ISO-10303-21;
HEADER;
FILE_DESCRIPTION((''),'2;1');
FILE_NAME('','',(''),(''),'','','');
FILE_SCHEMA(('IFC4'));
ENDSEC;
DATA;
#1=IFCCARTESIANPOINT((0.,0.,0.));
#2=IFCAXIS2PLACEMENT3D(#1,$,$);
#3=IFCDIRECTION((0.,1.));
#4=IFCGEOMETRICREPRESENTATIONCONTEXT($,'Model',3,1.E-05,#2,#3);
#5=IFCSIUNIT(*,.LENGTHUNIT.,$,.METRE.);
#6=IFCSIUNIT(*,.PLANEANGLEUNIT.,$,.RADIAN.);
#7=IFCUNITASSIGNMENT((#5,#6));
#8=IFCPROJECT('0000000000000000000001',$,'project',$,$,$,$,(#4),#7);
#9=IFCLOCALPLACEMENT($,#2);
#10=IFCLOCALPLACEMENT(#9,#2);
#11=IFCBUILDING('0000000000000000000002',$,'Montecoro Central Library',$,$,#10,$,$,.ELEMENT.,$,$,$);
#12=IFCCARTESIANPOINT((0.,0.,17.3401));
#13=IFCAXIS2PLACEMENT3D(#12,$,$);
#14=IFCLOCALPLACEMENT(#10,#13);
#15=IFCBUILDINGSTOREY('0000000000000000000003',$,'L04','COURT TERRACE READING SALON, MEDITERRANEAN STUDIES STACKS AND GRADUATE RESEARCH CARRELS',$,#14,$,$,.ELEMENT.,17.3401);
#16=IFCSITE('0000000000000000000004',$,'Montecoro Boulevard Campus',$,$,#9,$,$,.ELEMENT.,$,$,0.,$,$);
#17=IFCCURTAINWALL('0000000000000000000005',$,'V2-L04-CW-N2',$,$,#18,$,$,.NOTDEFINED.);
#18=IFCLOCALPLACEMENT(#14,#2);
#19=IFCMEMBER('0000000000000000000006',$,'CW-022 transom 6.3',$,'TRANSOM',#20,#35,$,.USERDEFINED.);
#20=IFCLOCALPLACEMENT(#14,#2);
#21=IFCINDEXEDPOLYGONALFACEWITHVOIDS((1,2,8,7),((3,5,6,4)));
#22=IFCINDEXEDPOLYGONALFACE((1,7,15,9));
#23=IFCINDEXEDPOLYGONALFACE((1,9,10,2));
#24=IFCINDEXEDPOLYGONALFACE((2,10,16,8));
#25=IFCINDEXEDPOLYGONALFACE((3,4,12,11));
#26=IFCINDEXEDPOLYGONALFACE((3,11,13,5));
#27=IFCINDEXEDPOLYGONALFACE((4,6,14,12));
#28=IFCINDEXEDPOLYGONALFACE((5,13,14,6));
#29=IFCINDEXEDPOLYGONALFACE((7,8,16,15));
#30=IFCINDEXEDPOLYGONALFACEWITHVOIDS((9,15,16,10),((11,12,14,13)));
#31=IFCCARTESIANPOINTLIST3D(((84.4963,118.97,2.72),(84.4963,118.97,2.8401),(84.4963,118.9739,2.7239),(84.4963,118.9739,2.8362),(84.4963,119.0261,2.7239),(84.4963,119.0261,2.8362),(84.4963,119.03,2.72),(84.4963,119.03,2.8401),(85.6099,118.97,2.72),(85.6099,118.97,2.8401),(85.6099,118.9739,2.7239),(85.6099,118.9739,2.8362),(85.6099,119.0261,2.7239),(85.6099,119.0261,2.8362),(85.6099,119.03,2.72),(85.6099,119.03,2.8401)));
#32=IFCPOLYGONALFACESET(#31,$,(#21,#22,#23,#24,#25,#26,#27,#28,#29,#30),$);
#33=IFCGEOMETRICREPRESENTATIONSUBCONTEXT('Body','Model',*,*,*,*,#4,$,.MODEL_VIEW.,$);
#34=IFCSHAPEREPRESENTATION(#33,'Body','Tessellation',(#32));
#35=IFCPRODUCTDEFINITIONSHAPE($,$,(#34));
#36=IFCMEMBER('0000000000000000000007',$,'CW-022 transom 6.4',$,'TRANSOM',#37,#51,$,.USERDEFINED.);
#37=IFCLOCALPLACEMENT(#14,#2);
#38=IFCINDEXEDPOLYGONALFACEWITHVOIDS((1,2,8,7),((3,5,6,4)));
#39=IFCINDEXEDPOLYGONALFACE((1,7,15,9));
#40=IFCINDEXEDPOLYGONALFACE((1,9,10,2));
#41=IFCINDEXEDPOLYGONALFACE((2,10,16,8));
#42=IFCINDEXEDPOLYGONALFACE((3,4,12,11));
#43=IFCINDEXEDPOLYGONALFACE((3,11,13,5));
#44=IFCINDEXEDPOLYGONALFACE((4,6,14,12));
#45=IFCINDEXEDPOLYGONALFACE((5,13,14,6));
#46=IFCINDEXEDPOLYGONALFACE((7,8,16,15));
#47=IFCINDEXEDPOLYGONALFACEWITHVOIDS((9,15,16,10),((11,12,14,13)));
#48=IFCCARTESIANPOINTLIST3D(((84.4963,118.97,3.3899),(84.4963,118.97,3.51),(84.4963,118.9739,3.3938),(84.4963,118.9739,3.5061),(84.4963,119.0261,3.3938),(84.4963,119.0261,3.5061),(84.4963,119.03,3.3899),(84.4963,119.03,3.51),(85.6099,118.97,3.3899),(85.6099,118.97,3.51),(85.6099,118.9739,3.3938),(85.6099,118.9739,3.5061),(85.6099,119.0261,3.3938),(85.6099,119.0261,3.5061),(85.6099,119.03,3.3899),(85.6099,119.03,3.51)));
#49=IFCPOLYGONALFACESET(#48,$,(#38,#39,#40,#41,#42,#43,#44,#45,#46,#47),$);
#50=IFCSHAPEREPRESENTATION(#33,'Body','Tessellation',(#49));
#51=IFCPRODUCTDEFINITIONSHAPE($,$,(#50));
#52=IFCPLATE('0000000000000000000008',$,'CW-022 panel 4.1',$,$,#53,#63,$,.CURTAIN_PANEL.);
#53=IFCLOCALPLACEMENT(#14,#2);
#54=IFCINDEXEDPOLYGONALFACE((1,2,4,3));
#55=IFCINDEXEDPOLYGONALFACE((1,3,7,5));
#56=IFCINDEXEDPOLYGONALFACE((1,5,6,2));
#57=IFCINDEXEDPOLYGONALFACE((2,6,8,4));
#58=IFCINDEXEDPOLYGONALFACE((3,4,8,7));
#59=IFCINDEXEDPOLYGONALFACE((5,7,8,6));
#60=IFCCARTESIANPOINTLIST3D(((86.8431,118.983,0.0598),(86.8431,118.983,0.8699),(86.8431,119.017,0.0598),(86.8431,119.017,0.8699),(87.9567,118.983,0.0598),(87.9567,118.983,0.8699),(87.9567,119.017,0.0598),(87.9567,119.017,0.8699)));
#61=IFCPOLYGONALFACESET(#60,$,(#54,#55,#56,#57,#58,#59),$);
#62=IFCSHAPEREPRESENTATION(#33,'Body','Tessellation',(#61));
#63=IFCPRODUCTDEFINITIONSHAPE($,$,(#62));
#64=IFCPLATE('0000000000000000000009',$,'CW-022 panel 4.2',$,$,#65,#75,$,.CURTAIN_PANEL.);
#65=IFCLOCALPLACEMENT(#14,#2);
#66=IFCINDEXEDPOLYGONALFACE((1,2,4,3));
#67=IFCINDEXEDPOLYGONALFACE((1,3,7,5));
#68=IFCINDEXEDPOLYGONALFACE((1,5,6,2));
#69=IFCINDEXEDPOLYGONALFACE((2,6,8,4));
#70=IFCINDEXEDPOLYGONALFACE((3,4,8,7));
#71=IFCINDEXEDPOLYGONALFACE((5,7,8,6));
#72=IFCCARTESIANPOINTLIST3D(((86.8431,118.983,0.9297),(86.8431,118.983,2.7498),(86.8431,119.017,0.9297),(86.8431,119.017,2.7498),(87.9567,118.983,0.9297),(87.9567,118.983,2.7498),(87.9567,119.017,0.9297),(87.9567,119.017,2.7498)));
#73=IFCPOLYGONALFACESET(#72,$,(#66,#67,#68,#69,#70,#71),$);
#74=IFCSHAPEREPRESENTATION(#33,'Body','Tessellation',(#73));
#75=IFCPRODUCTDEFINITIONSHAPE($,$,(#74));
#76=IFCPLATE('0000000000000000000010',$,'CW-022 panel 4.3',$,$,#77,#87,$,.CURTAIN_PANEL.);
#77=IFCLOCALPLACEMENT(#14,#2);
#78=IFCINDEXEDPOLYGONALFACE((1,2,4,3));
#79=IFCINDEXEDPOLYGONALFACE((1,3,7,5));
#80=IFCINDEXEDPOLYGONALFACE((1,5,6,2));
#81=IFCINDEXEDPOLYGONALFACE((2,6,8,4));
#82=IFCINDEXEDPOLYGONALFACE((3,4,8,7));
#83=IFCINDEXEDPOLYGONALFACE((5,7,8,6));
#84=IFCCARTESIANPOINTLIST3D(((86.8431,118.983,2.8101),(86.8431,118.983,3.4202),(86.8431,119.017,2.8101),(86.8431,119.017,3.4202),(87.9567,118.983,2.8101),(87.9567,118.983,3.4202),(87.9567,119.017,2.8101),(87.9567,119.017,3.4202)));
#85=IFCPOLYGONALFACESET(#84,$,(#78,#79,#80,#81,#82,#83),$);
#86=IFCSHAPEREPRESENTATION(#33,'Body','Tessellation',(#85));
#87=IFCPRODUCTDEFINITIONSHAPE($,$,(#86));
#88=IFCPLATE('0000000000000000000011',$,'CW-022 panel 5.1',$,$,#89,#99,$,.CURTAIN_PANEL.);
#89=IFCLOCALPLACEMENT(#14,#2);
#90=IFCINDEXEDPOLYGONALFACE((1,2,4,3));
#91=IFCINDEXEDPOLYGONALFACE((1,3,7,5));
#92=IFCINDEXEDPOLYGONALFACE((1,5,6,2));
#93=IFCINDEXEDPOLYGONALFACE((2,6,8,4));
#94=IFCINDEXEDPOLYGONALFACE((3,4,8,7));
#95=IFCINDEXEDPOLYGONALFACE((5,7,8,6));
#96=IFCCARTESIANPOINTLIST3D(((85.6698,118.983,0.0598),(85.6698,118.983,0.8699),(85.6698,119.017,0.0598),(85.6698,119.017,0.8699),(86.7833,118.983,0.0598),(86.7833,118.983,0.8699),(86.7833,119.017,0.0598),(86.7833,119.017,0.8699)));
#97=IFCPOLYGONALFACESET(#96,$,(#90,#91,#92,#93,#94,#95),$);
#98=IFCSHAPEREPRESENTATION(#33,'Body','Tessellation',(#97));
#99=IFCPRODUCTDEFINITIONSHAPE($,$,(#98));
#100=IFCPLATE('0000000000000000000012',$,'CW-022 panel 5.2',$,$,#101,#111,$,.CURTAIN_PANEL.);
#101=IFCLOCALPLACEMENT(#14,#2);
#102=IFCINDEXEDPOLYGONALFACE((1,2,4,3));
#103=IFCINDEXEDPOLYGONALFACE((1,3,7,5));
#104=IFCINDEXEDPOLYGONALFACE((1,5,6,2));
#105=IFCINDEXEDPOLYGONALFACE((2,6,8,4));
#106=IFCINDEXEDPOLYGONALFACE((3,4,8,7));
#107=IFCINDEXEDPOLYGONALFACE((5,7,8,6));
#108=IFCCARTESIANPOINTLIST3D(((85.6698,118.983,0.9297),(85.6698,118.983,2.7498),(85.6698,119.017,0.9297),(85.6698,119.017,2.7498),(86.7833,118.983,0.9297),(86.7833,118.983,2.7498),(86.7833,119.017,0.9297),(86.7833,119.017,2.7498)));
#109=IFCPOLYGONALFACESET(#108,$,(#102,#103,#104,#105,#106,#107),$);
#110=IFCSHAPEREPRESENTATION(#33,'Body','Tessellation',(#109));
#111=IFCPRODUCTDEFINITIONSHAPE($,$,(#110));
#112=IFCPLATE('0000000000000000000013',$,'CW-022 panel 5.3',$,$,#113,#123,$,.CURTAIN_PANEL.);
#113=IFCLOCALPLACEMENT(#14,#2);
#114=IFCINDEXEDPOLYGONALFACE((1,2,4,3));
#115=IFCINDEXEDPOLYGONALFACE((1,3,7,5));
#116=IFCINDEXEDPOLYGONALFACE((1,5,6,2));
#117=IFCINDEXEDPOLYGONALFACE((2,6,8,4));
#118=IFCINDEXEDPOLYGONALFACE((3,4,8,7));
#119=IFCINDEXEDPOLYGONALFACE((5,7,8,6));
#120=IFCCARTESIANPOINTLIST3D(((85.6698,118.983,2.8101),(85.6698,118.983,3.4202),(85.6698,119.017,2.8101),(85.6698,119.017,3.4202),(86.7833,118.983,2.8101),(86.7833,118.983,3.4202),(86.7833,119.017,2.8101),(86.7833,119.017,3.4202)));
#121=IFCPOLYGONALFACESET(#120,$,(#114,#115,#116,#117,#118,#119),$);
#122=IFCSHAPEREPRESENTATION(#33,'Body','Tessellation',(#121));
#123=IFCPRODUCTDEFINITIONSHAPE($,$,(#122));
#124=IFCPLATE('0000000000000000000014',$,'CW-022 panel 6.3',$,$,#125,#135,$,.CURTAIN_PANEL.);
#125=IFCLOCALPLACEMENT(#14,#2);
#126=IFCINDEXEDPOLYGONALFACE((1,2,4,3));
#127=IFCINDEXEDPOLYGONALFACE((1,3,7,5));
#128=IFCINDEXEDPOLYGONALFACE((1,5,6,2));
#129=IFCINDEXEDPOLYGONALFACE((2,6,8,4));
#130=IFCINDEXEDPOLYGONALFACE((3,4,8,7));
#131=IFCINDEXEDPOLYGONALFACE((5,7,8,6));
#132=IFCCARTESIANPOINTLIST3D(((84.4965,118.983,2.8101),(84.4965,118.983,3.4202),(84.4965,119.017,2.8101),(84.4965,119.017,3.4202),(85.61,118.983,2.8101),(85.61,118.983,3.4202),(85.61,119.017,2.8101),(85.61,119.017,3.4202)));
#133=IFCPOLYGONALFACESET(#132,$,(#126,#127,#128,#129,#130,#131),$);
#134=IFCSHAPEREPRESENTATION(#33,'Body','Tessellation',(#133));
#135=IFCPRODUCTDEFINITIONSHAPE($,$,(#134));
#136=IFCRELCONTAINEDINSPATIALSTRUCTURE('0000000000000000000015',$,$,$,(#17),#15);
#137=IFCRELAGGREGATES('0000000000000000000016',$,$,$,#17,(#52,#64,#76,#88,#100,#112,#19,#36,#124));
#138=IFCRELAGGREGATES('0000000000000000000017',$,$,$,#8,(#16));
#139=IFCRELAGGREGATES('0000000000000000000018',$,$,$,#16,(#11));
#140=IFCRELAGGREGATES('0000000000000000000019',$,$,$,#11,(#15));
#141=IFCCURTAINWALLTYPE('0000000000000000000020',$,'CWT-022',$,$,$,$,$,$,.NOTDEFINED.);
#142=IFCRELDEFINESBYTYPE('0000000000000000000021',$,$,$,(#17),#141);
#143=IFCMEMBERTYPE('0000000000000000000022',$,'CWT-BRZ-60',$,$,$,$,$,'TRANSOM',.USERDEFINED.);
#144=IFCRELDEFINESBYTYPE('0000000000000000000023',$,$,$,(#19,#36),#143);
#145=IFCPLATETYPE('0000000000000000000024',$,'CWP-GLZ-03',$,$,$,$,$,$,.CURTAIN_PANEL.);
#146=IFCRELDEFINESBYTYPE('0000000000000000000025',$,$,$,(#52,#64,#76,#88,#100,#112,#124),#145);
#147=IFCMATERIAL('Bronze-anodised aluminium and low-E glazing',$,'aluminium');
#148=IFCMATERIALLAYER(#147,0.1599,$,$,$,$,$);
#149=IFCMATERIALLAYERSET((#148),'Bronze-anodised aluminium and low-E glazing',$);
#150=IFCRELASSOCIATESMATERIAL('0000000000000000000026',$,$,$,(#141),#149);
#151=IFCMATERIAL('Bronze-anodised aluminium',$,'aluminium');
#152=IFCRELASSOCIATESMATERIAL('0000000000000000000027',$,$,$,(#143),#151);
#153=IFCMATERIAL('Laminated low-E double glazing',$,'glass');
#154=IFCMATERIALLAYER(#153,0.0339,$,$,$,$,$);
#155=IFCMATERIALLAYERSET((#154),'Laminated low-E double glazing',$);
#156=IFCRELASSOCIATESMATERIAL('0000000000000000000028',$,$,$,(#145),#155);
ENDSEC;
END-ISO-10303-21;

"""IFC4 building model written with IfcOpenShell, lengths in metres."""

from ifc_helpers import new_model, si_unit, direction, frame, origin, origin_2d, place, context, subcontext, project, spatial, rectangle, hollow_rectangle, extrude, material, layer, layer_set, material_profile, profile_set, type_object, element, aggregate, save


model = new_model("IFC4")

# Units and contexts
model_context = context("Model", 3, precision=1e-05, world=origin(), true_north=direction((0.0, 1.0)))
body_context = subcontext(model_context, "Body", "Model", "MODEL_VIEW")
ifc_project = project(units=[si_unit("LENGTHUNIT", "METRE"), si_unit("PLANEANGLEUNIT", "RADIAN")], contexts=[model_context])

# Site, building, storey
site_placement = place(None, origin())
site = spatial("IfcSite", under=ifc_project, at=site_placement, Name="Montecoro Boulevard Campus", CompositionType="ELEMENT", RefElevation=0.0)
building_placement = place(site_placement, origin())
building = spatial("IfcBuilding", under=site, at=building_placement, Name="Montecoro Central Library", CompositionType="ELEMENT")
storey_placement = place(building_placement, frame((0.0, 0.0, 17.3401)))
storey = spatial("IfcBuildingStorey", under=building, at=storey_placement, Name="L04", Description="COURT TERRACE READING SALON, MEDITERRANEAN STUDIES STACKS AND GRADUATE RESEARCH CARRELS", CompositionType="ELEMENT", Elevation=17.3401)

# Curtain wall, members, plates
ifc_material_1 = material(Name="Bronze-anodised aluminium and low-E glazing", Category="aluminium")
ifc_layer_1 = layer(ifc_material_1, 0.1599)
ifc_layer_set_1 = layer_set([ifc_layer_1], Name="Bronze-anodised aluminium and low-E glazing")
curtain_wall_type = type_object("IfcCurtainWallType", Name="CWT-022", PredefinedType="NOTDEFINED", material=ifc_layer_set_1)
curtain_wall_placement = place(storey_placement, origin())
curtain_wall = element("IfcCurtainWall", 1, at=curtain_wall_placement, inside=storey, type_object=curtain_wall_type, Name="V2-L04-CW-N2", PredefinedType="NOTDEFINED")
ifc_material_2 = material(Name="Bronze-anodised aluminium", Category="aluminium")
ifc_material_profile_1 = material_profile(ifc_material_2, hollow_rectangle(XDim=0.0601, YDim=0.1201, WallThickness=0.0039, at=origin_2d()), Name="CWT 120x60x4.0")
ifc_profile_set_1 = profile_set([ifc_material_profile_1], Name="Bronze-anodised aluminium")
member_type_1 = type_object("IfcMemberType", Name="CWT-BRZ-60", ElementType="TRANSOM", PredefinedType="USERDEFINED", material=ifc_profile_set_1)
member_1_placement = place(storey_placement, frame((85.6099, 119.0, 2.78), z_axis=(-1.0, 0.0, 0.0), x_axis=(0.0, -1.0, 0.0)))
member_1 = element("IfcMember", 2, at=member_1_placement, type_object=member_type_1, Name="CW-022 transom 6.3", ObjectType="TRANSOM", PredefinedType="USERDEFINED", context=body_context, shape_type="SweptSolid", body=[
    extrude(hollow_rectangle(XDim=0.0601, YDim=0.1201, WallThickness=0.0039, at=origin_2d()), origin(), (0.0, 0.0, 1.0), 1.1135),
])
member_2_placement = place(storey_placement, frame((85.6099, 119.0, 3.45), z_axis=(-1.0, 0.0, 0.0), x_axis=(0.0, -1.0, 0.0)))
member_2 = element("IfcMember", 3, at=member_2_placement, type_object=member_type_1, Name="CW-022 transom 6.4", ObjectType="TRANSOM", PredefinedType="USERDEFINED", context=body_context, shape_type="SweptSolid", body=[
    extrude(hollow_rectangle(XDim=0.0601, YDim=0.1201, WallThickness=0.0039, at=origin_2d()), origin(), (0.0, 0.0, 1.0), 1.1135),
])
ifc_material_3 = material(Name="Laminated low-E double glazing", Category="glass")
ifc_layer_2 = layer(ifc_material_3, 0.0339)
ifc_layer_set_2 = layer_set([ifc_layer_2], Name="Laminated low-E double glazing")
plate_type = type_object("IfcPlateType", Name="CWP-GLZ-03", PredefinedType="CURTAIN_PANEL", material=ifc_layer_set_2)
plate_1_placement = place(storey_placement, frame((87.3999, 119.0, 0.0598), z_axis=(0.0, 0.0, 1.0), x_axis=(-1.0, 0.0, 0.0)))
plate_1 = element("IfcPlate", 4, at=plate_1_placement, type_object=plate_type, Name="CW-022 panel 4.1", PredefinedType="CURTAIN_PANEL", context=body_context, shape_type="SweptSolid", body=[
    extrude(rectangle(XDim=1.1135, YDim=0.0339, at=origin_2d()), origin(), (0.0, 0.0, 1.0), 0.8101),
])
plate_2_placement = place(storey_placement, frame((87.3999, 119.0, 0.9297), z_axis=(0.0, 0.0, 1.0), x_axis=(-1.0, 0.0, 0.0)))
plate_2 = element("IfcPlate", 5, at=plate_2_placement, type_object=plate_type, Name="CW-022 panel 4.2", PredefinedType="CURTAIN_PANEL", context=body_context, shape_type="SweptSolid", body=[
    extrude(rectangle(XDim=1.1135, YDim=0.0339, at=origin_2d()), origin(), (0.0, 0.0, 1.0), 1.8201),
])
plate_3_placement = place(storey_placement, frame((87.3999, 119.0, 2.8101), z_axis=(0.0, 0.0, 1.0), x_axis=(-1.0, 0.0, 0.0)))
plate_3 = element("IfcPlate", 6, at=plate_3_placement, type_object=plate_type, Name="CW-022 panel 4.3", PredefinedType="CURTAIN_PANEL", context=body_context, shape_type="SweptSolid", body=[
    extrude(rectangle(XDim=1.1135, YDim=0.0339, at=origin_2d()), origin(), (0.0, 0.0, 1.0), 0.6101),
])
plate_4_placement = place(storey_placement, frame((86.2266, 119.0, 0.0598), z_axis=(0.0, 0.0, 1.0), x_axis=(-1.0, 0.0, 0.0)))
plate_4 = element("IfcPlate", 7, at=plate_4_placement, type_object=plate_type, Name="CW-022 panel 5.1", PredefinedType="CURTAIN_PANEL", context=body_context, shape_type="SweptSolid", body=[
    extrude(rectangle(XDim=1.1135, YDim=0.0339, at=origin_2d()), origin(), (0.0, 0.0, 1.0), 0.8101),
])
plate_5_placement = place(storey_placement, frame((86.2266, 119.0, 0.9297), z_axis=(0.0, 0.0, 1.0), x_axis=(-1.0, 0.0, 0.0)))
plate_5 = element("IfcPlate", 8, at=plate_5_placement, type_object=plate_type, Name="CW-022 panel 5.2", PredefinedType="CURTAIN_PANEL", context=body_context, shape_type="SweptSolid", body=[
    extrude(rectangle(XDim=1.1135, YDim=0.0339, at=origin_2d()), origin(), (0.0, 0.0, 1.0), 1.8201),
])
plate_6_placement = place(storey_placement, frame((86.2266, 119.0, 2.8101), z_axis=(0.0, 0.0, 1.0), x_axis=(-1.0, 0.0, 0.0)))
plate_6 = element("IfcPlate", 9, at=plate_6_placement, type_object=plate_type, Name="CW-022 panel 5.3", PredefinedType="CURTAIN_PANEL", context=body_context, shape_type="SweptSolid", body=[
    extrude(rectangle(XDim=1.1135, YDim=0.0339, at=origin_2d()), origin(), (0.0, 0.0, 1.0), 0.6101),
])
plate_7_placement = place(storey_placement, frame((85.0532, 119.0, 2.8101), z_axis=(0.0, 0.0, 1.0), x_axis=(-1.0, 0.0, 0.0)))
plate_7 = element("IfcPlate", 10, at=plate_7_placement, type_object=plate_type, Name="CW-022 panel 6.3", PredefinedType="CURTAIN_PANEL", context=body_context, shape_type="SweptSolid", body=[
    extrude(rectangle(XDim=1.1135, YDim=0.0339, at=origin_2d()), origin(), (0.0, 0.0, 1.0), 0.6101),
])
aggregate(curtain_wall, [plate_1, plate_2, plate_3, plate_4, plate_5, plate_6, member_1, member_2, plate_7])

save(model, "model.ifc")
